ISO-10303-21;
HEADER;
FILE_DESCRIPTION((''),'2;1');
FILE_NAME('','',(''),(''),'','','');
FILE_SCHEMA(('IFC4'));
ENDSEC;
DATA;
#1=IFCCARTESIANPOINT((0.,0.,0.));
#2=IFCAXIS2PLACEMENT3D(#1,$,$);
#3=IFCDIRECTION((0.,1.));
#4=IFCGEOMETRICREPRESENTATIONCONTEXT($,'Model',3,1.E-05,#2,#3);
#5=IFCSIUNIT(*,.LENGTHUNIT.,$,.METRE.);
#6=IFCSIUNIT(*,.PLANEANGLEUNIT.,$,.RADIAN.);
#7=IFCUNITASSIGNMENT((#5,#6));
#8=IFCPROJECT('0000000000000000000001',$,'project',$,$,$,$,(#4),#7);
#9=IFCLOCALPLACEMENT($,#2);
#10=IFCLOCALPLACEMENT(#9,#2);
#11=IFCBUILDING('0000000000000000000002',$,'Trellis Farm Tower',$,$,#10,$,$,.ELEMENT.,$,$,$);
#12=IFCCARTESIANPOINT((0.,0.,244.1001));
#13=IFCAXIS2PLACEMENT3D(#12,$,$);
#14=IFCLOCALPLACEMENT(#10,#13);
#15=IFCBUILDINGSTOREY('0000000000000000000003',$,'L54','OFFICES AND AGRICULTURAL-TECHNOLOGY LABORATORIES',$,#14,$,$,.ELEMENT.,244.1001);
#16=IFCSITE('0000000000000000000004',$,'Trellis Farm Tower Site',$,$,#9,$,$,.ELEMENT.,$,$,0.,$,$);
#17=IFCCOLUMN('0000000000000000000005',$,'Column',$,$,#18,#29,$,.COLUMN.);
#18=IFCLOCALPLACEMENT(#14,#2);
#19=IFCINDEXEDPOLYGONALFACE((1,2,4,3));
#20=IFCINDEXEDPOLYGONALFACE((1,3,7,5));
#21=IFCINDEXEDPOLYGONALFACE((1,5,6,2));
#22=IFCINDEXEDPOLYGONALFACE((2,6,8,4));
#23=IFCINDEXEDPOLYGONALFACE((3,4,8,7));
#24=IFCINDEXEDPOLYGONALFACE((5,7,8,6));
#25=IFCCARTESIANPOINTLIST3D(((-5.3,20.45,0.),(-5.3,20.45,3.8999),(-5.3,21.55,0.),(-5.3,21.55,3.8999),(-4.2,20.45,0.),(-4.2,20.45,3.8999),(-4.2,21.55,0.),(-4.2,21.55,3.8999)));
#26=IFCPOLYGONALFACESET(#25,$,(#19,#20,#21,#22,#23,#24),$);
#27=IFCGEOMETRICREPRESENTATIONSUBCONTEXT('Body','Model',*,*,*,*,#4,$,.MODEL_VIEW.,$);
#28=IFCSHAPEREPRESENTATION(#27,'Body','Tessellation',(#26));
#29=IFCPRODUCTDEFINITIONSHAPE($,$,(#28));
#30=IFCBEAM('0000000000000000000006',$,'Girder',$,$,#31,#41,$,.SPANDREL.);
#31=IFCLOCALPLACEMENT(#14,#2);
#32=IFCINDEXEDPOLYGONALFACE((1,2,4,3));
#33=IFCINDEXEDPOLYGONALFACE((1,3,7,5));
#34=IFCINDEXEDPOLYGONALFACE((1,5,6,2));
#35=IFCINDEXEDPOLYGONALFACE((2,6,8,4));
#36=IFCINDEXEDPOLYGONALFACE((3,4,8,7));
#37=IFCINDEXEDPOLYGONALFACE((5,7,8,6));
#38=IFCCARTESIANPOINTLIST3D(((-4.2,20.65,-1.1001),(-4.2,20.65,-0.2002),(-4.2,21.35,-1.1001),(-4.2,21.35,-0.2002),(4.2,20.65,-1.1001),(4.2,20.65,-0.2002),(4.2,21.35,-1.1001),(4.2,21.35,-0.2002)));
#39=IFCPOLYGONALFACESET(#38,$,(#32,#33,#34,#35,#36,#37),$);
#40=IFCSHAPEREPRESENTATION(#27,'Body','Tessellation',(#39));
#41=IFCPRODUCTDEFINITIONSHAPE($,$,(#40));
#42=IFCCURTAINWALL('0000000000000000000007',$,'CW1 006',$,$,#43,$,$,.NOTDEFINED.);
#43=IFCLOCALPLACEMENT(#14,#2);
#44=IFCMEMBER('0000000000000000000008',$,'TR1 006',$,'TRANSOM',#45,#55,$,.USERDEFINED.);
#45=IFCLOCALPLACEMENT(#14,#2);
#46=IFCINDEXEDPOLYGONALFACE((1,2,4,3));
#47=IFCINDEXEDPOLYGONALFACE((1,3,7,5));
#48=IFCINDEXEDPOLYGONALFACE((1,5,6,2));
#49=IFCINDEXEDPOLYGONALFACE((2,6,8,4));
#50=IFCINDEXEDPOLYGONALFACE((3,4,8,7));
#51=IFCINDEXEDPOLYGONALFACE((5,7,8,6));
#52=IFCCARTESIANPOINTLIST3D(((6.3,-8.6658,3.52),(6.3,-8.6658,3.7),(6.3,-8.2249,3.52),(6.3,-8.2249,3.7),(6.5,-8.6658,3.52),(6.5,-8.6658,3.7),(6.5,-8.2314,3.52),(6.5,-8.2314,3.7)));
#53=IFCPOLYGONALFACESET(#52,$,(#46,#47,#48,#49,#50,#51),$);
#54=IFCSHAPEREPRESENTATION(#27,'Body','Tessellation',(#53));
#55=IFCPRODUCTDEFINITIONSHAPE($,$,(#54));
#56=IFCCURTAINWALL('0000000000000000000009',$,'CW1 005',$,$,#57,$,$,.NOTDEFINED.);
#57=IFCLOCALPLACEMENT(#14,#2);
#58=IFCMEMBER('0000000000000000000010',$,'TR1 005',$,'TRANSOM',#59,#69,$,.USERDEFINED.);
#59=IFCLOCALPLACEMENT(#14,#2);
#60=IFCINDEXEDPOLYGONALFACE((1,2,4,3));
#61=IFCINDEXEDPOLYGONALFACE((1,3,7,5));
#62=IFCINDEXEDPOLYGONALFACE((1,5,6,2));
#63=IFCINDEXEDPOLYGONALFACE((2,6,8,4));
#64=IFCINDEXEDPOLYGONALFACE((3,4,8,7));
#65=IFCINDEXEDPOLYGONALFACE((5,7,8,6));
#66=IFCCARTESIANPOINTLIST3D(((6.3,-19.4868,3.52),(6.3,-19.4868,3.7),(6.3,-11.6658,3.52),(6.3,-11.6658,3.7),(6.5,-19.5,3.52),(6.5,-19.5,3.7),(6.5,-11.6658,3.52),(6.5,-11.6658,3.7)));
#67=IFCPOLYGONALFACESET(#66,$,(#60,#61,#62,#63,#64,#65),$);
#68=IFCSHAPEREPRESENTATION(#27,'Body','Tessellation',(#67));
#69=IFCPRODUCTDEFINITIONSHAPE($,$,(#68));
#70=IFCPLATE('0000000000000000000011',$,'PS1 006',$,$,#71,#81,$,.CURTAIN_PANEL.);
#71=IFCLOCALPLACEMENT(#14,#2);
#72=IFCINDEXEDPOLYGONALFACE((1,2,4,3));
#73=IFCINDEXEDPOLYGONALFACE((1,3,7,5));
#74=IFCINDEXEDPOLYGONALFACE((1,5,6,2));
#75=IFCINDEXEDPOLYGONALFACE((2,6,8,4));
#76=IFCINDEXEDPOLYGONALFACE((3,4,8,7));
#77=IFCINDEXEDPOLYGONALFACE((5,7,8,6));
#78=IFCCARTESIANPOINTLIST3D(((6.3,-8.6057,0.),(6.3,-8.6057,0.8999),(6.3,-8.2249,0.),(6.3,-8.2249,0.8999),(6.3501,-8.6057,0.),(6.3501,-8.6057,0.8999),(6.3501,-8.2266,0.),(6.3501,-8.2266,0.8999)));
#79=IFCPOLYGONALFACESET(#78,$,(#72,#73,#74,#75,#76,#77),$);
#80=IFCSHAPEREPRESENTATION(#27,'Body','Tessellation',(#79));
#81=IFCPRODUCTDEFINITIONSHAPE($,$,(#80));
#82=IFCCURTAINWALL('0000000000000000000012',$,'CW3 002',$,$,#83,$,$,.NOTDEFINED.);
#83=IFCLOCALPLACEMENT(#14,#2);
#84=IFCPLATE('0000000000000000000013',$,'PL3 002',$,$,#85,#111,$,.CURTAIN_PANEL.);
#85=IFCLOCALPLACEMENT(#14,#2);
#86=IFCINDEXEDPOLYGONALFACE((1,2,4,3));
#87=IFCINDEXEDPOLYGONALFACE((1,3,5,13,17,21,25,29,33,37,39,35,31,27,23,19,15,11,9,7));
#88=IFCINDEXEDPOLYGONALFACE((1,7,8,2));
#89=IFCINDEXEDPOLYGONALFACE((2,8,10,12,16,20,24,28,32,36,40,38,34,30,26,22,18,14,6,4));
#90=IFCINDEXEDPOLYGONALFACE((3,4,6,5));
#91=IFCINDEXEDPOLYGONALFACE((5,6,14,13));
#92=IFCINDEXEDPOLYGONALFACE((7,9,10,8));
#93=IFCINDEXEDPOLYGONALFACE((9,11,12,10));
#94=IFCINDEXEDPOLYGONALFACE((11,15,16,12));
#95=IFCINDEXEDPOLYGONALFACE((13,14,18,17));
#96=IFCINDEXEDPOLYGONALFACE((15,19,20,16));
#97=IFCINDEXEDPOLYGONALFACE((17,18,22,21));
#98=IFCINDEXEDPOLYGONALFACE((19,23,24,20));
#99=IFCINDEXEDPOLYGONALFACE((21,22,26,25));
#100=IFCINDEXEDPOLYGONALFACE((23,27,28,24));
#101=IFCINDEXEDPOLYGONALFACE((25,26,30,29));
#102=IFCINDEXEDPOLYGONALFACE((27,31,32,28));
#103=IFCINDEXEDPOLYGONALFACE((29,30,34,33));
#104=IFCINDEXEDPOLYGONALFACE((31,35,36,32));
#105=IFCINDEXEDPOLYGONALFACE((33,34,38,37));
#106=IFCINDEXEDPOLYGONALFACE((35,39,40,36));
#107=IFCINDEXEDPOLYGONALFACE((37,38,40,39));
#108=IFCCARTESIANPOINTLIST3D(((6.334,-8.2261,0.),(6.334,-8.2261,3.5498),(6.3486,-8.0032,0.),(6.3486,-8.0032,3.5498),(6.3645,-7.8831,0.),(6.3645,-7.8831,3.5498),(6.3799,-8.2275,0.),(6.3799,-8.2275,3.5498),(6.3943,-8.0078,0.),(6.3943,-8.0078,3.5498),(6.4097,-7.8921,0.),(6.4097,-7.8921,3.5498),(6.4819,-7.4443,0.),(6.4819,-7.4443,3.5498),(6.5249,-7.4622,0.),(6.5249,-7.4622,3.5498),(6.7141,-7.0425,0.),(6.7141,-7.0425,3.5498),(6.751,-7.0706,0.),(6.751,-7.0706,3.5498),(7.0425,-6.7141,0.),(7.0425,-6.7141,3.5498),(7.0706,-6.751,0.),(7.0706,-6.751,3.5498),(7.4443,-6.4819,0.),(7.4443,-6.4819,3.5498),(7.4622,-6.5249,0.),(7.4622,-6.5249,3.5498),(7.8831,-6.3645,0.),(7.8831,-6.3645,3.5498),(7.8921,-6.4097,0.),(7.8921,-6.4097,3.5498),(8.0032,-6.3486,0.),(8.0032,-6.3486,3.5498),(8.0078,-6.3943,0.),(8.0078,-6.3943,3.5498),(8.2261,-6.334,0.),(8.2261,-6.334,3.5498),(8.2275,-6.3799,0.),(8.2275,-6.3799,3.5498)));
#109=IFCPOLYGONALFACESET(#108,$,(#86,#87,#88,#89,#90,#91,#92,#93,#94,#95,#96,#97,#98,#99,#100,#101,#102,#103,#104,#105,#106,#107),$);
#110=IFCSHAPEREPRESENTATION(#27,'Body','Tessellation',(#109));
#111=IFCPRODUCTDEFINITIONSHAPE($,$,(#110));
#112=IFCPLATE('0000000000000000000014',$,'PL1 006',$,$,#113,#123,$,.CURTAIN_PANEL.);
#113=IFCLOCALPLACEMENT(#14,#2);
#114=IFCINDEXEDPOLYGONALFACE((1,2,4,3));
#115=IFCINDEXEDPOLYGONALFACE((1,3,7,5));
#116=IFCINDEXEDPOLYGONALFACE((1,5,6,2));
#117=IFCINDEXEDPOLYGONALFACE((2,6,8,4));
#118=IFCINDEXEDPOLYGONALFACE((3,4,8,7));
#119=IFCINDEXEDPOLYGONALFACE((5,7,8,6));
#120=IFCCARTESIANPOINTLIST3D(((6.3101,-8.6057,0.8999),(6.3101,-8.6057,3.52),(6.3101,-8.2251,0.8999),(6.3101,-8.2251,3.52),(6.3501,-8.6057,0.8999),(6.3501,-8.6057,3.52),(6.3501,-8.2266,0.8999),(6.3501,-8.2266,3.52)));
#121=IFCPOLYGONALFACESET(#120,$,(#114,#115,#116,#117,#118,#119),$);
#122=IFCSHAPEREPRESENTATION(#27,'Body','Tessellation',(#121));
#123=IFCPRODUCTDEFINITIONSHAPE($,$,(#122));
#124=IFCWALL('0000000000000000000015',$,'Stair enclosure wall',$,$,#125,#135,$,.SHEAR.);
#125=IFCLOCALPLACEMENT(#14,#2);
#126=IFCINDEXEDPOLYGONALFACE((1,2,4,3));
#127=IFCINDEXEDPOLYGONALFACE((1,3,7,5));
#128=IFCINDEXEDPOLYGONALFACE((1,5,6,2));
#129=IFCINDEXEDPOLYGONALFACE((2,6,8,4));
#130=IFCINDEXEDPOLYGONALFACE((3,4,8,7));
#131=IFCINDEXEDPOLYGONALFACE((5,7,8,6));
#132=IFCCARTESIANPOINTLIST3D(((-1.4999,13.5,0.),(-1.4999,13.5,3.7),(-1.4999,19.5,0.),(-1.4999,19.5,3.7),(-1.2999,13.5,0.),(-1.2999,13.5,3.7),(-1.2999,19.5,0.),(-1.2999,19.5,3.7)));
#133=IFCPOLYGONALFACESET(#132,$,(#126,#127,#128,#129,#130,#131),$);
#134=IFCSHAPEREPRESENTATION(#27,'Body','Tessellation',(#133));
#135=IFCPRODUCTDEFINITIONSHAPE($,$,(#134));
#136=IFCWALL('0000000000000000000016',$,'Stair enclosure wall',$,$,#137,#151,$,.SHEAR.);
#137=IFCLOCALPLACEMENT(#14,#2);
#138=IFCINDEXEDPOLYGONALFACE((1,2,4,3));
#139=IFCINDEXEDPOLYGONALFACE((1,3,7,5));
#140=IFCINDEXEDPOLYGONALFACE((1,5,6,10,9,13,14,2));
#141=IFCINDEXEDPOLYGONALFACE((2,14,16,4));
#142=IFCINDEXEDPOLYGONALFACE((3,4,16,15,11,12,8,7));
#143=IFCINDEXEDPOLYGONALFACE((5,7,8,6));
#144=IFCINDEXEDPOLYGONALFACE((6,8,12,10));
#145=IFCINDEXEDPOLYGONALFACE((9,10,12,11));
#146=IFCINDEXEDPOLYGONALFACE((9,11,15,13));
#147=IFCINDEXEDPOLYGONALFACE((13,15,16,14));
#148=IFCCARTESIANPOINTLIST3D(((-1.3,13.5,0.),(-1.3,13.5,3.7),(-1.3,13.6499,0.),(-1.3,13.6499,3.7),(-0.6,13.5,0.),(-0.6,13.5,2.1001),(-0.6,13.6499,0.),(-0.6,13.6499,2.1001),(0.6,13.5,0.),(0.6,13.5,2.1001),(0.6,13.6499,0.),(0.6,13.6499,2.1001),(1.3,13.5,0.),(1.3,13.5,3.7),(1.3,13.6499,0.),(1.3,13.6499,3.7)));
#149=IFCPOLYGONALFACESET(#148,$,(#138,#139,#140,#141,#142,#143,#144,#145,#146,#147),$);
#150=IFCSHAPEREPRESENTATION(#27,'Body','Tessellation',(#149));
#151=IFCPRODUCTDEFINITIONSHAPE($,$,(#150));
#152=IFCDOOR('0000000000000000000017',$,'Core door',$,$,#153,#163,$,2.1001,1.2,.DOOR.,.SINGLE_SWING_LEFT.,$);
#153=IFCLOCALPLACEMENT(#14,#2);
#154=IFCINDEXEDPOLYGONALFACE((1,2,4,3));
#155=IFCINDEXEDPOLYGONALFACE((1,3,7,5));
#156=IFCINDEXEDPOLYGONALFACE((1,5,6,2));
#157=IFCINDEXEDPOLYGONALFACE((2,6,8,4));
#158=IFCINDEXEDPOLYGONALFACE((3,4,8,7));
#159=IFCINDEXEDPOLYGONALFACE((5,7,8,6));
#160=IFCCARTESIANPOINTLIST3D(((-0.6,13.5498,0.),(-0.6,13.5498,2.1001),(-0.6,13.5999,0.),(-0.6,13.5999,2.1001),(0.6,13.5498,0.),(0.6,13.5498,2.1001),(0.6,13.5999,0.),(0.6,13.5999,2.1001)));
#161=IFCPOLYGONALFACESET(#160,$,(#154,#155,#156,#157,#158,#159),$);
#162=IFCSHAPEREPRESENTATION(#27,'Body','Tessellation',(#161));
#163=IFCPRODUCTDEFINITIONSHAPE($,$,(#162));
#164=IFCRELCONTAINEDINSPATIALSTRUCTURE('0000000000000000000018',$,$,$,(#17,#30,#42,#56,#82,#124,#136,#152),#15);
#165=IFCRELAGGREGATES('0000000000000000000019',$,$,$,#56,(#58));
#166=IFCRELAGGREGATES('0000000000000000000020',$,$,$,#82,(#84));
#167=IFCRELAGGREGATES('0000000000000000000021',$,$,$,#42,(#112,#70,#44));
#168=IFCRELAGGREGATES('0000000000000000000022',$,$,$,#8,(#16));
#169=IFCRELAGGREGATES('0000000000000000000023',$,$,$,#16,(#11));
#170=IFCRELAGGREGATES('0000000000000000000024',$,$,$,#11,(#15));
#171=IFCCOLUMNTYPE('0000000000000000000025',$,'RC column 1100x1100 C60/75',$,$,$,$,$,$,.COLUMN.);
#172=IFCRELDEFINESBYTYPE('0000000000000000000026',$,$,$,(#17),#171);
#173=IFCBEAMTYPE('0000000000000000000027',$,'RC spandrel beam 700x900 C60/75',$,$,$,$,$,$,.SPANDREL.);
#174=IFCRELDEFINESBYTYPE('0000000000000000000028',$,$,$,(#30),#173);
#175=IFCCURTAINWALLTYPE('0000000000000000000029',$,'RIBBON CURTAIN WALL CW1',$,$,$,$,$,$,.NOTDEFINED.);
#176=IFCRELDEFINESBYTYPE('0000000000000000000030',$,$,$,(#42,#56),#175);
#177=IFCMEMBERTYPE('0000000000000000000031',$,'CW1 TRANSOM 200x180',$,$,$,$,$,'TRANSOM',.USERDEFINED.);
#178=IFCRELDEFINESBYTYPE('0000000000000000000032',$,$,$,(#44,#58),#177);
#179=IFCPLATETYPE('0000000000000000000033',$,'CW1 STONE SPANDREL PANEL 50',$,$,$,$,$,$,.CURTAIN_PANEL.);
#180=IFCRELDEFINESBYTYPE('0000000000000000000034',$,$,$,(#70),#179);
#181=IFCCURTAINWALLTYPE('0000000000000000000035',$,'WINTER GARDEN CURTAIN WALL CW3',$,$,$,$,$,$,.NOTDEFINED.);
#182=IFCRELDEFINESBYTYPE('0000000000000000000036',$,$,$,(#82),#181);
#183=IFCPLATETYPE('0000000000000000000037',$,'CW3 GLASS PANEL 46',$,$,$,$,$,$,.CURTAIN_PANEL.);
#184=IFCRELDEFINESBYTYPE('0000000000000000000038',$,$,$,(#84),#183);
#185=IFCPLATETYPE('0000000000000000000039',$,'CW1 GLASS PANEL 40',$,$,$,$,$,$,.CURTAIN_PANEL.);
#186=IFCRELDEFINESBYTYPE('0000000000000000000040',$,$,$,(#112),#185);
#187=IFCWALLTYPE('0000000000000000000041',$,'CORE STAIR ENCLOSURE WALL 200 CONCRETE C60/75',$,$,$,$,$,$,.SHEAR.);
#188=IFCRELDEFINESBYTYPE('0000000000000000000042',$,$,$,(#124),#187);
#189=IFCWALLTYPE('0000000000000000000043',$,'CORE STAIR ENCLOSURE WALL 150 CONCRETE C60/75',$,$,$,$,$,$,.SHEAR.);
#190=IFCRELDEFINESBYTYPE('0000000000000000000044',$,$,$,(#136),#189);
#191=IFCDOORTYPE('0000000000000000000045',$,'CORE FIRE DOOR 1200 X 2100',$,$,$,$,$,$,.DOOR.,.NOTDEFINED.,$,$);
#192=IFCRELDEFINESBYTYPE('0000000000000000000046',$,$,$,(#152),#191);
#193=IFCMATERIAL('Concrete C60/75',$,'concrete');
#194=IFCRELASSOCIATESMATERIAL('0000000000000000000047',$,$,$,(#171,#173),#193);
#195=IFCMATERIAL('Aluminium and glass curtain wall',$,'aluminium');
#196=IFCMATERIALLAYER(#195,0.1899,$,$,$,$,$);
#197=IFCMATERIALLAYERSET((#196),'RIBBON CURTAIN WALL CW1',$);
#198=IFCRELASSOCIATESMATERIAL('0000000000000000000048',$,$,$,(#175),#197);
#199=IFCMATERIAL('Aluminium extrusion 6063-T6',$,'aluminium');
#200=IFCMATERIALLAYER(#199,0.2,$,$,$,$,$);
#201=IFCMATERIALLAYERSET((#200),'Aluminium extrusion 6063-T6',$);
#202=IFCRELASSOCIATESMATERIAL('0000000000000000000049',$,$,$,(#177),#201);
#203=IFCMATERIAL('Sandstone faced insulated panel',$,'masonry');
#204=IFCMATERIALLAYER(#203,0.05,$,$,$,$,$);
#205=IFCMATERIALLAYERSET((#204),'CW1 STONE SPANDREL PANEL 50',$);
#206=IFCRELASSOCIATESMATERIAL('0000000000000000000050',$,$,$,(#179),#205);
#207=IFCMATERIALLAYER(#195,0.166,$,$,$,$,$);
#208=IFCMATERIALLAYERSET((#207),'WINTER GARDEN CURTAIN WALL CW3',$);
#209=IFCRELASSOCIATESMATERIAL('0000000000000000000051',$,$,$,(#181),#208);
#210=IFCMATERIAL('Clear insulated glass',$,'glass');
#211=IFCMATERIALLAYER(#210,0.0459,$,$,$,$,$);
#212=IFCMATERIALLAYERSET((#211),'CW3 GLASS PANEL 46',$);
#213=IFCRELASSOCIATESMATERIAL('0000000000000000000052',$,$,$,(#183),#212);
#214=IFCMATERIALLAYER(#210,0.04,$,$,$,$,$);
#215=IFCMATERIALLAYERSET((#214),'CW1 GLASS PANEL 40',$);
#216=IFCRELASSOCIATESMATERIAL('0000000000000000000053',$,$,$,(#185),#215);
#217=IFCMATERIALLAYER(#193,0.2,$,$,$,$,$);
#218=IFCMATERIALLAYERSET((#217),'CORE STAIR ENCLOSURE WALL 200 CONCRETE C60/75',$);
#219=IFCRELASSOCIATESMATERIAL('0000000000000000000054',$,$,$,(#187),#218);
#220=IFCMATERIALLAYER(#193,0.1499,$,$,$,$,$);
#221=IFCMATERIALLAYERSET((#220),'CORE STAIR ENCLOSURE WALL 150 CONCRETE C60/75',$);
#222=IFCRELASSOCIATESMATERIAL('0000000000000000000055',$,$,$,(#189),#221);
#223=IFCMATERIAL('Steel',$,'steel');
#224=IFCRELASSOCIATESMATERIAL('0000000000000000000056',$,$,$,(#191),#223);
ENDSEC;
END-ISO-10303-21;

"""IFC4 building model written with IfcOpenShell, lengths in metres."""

from ifc_helpers import new_model, si_unit, direction, frame, frame_2d, origin, origin_2d, place, context, subcontext, project, spatial, polyline, rectangle, outline, extrude, source, transform, mapped, material, layer, layer_set, material_profile, profile_set, type_object, element, fill, aggregate, save


model = new_model("IFC4")

# Units and contexts
model_context = context("Model", 3, precision=1e-05, world=origin(), true_north=direction((0.0, 1.0)))
body_context = subcontext(model_context, "Body", "Model", "MODEL_VIEW")
ifc_project = project(units=[si_unit("LENGTHUNIT", "METRE"), si_unit("PLANEANGLEUNIT", "RADIAN")], contexts=[model_context])

# Site, building, storey
site_placement = place(None, origin())
site = spatial("IfcSite", under=ifc_project, at=site_placement, Name="Trellis Farm Tower Site", CompositionType="ELEMENT", RefElevation=0.0)
building_placement = place(site_placement, origin())
building = spatial("IfcBuilding", under=site, at=building_placement, Name="Trellis Farm Tower", CompositionType="ELEMENT")
storey_placement = place(building_placement, frame((0.0, 0.0, 244.1001)))
storey = spatial("IfcBuildingStorey", under=building, at=storey_placement, Name="L54", Description="OFFICES AND AGRICULTURAL-TECHNOLOGY LABORATORIES", CompositionType="ELEMENT", Elevation=244.1001)

# Column
ifc_material_1 = material(Name="Concrete C60/75", Category="concrete")
ifc_material_profile_1 = material_profile(ifc_material_1, rectangle(XDim=1.1001, YDim=1.1001, at=origin_2d()), Name="RC column 1100x1100 C60/75")
ifc_profile_set_1 = profile_set([ifc_material_profile_1], Name="Concrete C60/75")
column_type = type_object("IfcColumnType", Name="RC column 1100x1100 C60/75", PredefinedType="COLUMN", material=ifc_profile_set_1)
shared_shape_1 = source(origin(), body_context, "Body", "SweptSolid", [
    extrude(rectangle(XDim=1.1001, YDim=1.1001, at=origin_2d()), origin(), (0.0, 0.0, 1.0), 3.8999),
])
column_placement = place(storey_placement, frame((-4.75, 21.0, 0.0), z_axis=(0.0, 0.0, 1.0), x_axis=(1.0, 0.0, 0.0)))
element("IfcColumn", 1, at=column_placement, inside=storey, type_object=column_type, Name="Column", PredefinedType="COLUMN", context=body_context, shape_type="MappedRepresentation", body=[
    mapped(shared_shape_1, transform((0.0, 0.0, 0.0))),
])

# Beam
ifc_material_profile_2 = material_profile(ifc_material_1, rectangle(XDim=0.7, YDim=0.8999, at=origin_2d()), Name="RC spandrel beam 700x900 C60/75")
ifc_profile_set_2 = profile_set([ifc_material_profile_2], Name="Concrete C60/75")
beam_type = type_object("IfcBeamType", Name="RC spandrel beam 700x900 C60/75", PredefinedType="SPANDREL", material=ifc_profile_set_2)
shared_shape_2 = source(origin(), body_context, "Body", "SweptSolid", [
    extrude(rectangle(XDim=0.7, YDim=0.8999, at=origin_2d()), origin(), (0.0, 0.0, 1.0), 8.3999),
])
beam_placement = place(storey_placement, frame((-4.2, 21.0, -0.6501), z_axis=(1.0, 0.0, 0.0), x_axis=(0.0, 1.0, 0.0)))
element("IfcBeam", 2, at=beam_placement, inside=storey, type_object=beam_type, Name="Girder", PredefinedType="SPANDREL", context=body_context, shape_type="MappedRepresentation", body=[
    mapped(shared_shape_2, transform((0.0, 0.0, 0.0))),
])

# Curtain walls, members
ifc_material_2 = material(Name="Aluminium and glass curtain wall", Category="aluminium")
ifc_layer_1 = layer(ifc_material_2, 0.1899)
ifc_layer_set_1 = layer_set([ifc_layer_1], Name="RIBBON CURTAIN WALL CW1")
curtain_wall_type_1 = type_object("IfcCurtainWallType", Name="RIBBON CURTAIN WALL CW1", PredefinedType="NOTDEFINED", material=ifc_layer_set_1)
placement_1 = place(storey_placement, origin())
curtain_wall_1 = element("IfcCurtainWall", 3, at=placement_1, inside=storey, type_object=curtain_wall_type_1, Name="CW1 006", PredefinedType="NOTDEFINED")
ifc_material_3 = material(Name="Aluminium extrusion 6063-T6", Category="aluminium")
ifc_layer_2 = layer(ifc_material_3, 0.2)
ifc_layer_set_2 = layer_set([ifc_layer_2], Name="Aluminium extrusion 6063-T6")
member_type = type_object("IfcMemberType", Name="CW1 TRANSOM 200x180", ElementType="TRANSOM", PredefinedType="USERDEFINED", material=ifc_layer_set_2)
shared_shape_3 = source(origin(), body_context, "Body", "SweptSolid", [
    extrude(outline(polyline([(6.5, -8.6658), (6.5, -8.2314), (6.3, -8.2249), (6.3, -8.6658), (6.5, -8.6658)])), origin(), (0.0, 0.0, 1.0), 0.1799),
])
placement_2 = place(storey_placement, frame((0.0, 0.0, 3.52)))
member_1 = element("IfcMember", 4, at=placement_2, type_object=member_type, Name="TR1 006", ObjectType="TRANSOM", PredefinedType="USERDEFINED", context=body_context, shape_type="MappedRepresentation", body=[
    mapped(shared_shape_3, transform((0.0, 0.0, 0.0))),
])
curtain_wall_2 = element("IfcCurtainWall", 5, at=placement_1, inside=storey, type_object=curtain_wall_type_1, Name="CW1 005", PredefinedType="NOTDEFINED")
shared_shape_4 = source(origin(), body_context, "Body", "SweptSolid", [
    extrude(outline(polyline([(6.5, -19.5), (6.5, -11.6658), (6.3, -11.6658), (6.3, -19.4868), (6.5, -19.5)])), origin(), (0.0, 0.0, 1.0), 0.1799),
])
member_2 = element("IfcMember", 6, at=placement_2, type_object=member_type, Name="TR1 005", ObjectType="TRANSOM", PredefinedType="USERDEFINED", context=body_context, shape_type="MappedRepresentation", body=[
    mapped(shared_shape_4, transform((0.0, 0.0, 0.0))),
])
aggregate(curtain_wall_2, [member_2])

# Plate
ifc_material_4 = material(Name="Sandstone faced insulated panel", Category="masonry")
ifc_layer_3 = layer(ifc_material_4, 0.05)
ifc_layer_set_3 = layer_set([ifc_layer_3], Name="CW1 STONE SPANDREL PANEL 50")
plate_type_1 = type_object("IfcPlateType", Name="CW1 STONE SPANDREL PANEL 50", PredefinedType="CURTAIN_PANEL", material=ifc_layer_set_3)
shared_shape_5 = source(origin(), body_context, "Body", "SweptSolid", [
    extrude(outline(polyline([(6.3501, -8.6057), (6.3501, -8.2266), (6.3, -8.2249), (6.3, -8.6057), (6.3501, -8.6057)])), origin(), (0.0, 0.0, 1.0), 0.8999),
])
plate_1 = element("IfcPlate", 7, at=placement_1, type_object=plate_type_1, Name="PS1 006", PredefinedType="CURTAIN_PANEL", context=body_context, shape_type="MappedRepresentation", body=[
    mapped(shared_shape_5, transform((0.0, 0.0, 0.0))),
])

# Curtain wall, plate
ifc_layer_4 = layer(ifc_material_2, 0.166)
ifc_layer_set_4 = layer_set([ifc_layer_4], Name="WINTER GARDEN CURTAIN WALL CW3")
curtain_wall_type_2 = type_object("IfcCurtainWallType", Name="WINTER GARDEN CURTAIN WALL CW3", PredefinedType="NOTDEFINED", material=ifc_layer_set_4)
curtain_wall_3 = element("IfcCurtainWall", 8, at=placement_1, inside=storey, type_object=curtain_wall_type_2, Name="CW3 002", PredefinedType="NOTDEFINED")
ifc_material_5 = material(Name="Clear insulated glass", Category="glass")
ifc_layer_5 = layer(ifc_material_5, 0.0459)
ifc_layer_set_5 = layer_set([ifc_layer_5], Name="CW3 GLASS PANEL 46")
plate_type_2 = type_object("IfcPlateType", Name="CW3 GLASS PANEL 46", PredefinedType="CURTAIN_PANEL", material=ifc_layer_set_5)
shared_shape_6 = source(origin(), body_context, "Body", "SweptSolid", [
    extrude(outline(polyline([(6.3799, -8.2275), (6.3943, -8.0078), (6.4097, -7.8921), (6.5249, -7.4622), (6.751, -7.0706), (7.0706, -6.751), (7.4622, -6.5249), (7.8921, -6.4097), (8.0078, -6.3943), (8.2275, -6.3799), (8.2261, -6.334), (8.0032, -6.3486), (7.8831, -6.3645), (7.4443, -6.4819), (7.0425, -6.7141), (6.7141, -7.0425), (6.4819, -7.4443), (6.3645, -7.8831), (6.3486, -8.0032), (6.334, -8.2261), (6.3799, -8.2275)])), origin(), (0.0, 0.0, 1.0), 3.5498),
])
plate_2 = element("IfcPlate", 9, at=placement_1, type_object=plate_type_2, Name="PL3 002", PredefinedType="CURTAIN_PANEL", context=body_context, shape_type="MappedRepresentation", body=[
    mapped(shared_shape_6, transform((0.0, 0.0, 0.0))),
])
aggregate(curtain_wall_3, [plate_2])

# Plate
ifc_layer_6 = layer(ifc_material_5, 0.04)
ifc_layer_set_6 = layer_set([ifc_layer_6], Name="CW1 GLASS PANEL 40")
plate_type_3 = type_object("IfcPlateType", Name="CW1 GLASS PANEL 40", PredefinedType="CURTAIN_PANEL", material=ifc_layer_set_6)
shared_shape_7 = source(origin(), body_context, "Body", "SweptSolid", [
    extrude(outline(polyline([(6.3501, -8.6057), (6.3501, -8.2266), (6.3101, -8.2251), (6.3101, -8.6057), (6.3501, -8.6057)])), origin(), (0.0, 0.0, 1.0), 2.6201),
])
plate_3_placement = place(storey_placement, frame((0.0, 0.0, 0.8999)))
plate_3 = element("IfcPlate", 10, at=plate_3_placement, type_object=plate_type_3, Name="PL1 006", PredefinedType="CURTAIN_PANEL", context=body_context, shape_type="MappedRepresentation", body=[
    mapped(shared_shape_7, transform((0.0, 0.0, 0.0))),
])
aggregate(curtain_wall_1, [plate_3, plate_1, member_1])

# Wall
ifc_layer_7 = layer(ifc_material_1, 0.2)
ifc_layer_set_7 = layer_set([ifc_layer_7], Name="CORE STAIR ENCLOSURE WALL 200 CONCRETE C60/75")
wall_type_1 = type_object("IfcWallType", Name="CORE STAIR ENCLOSURE WALL 200 CONCRETE C60/75", PredefinedType="SHEAR", material=ifc_layer_set_7)
shared_shape_8 = source(origin(), body_context, "Body", "SweptSolid", [
    extrude(rectangle(XDim=6.0, YDim=0.2, at=frame_2d((3.0, 0.0))), origin(), (0.0, 0.0, 1.0), 3.7),
])
wall_1_placement = place(storey_placement, frame((-1.3999, 13.5, 0.0), z_axis=(0.0, 0.0, 1.0), x_axis=(0.0, 1.0, 0.0)))
element("IfcWall", 11, at=wall_1_placement, inside=storey, type_object=wall_type_1, Name="Stair enclosure wall", PredefinedType="SHEAR", context=body_context, shape_type="MappedRepresentation", body=[
    mapped(shared_shape_8, transform((0.0, 0.0, 0.0))),
])

# Wall, opening, door
ifc_layer_8 = layer(ifc_material_1, 0.1499)
ifc_layer_set_8 = layer_set([ifc_layer_8], Name="CORE STAIR ENCLOSURE WALL 150 CONCRETE C60/75")
wall_type_2 = type_object("IfcWallType", Name="CORE STAIR ENCLOSURE WALL 150 CONCRETE C60/75", PredefinedType="SHEAR", material=ifc_layer_set_8)
shared_shape_9 = source(origin(), body_context, "Body", "SweptSolid", [
    extrude(rectangle(XDim=2.6001, YDim=0.1499, at=frame_2d((1.3, 0.0))), origin(), (0.0, 0.0, 1.0), 3.7),
])
wall_2_placement = place(storey_placement, frame((-1.3, 13.575, 0.0), z_axis=(0.0, 0.0, 1.0), x_axis=(1.0, 0.0, 0.0)))
wall_2 = element("IfcWall", 12, at=wall_2_placement, inside=storey, type_object=wall_type_2, Name="Stair enclosure wall", PredefinedType="SHEAR", context=body_context, shape_type="MappedRepresentation", body=[
    mapped(shared_shape_9, transform((0.0, 0.0, 0.0))),
])
shared_shape_10 = source(origin(), body_context, "Body", "SweptSolid", [
    extrude(rectangle(XDim=1.2, YDim=2.1001, at=frame_2d((0.6001, 1.05))), frame((0.0, 0.085, 0.0), z_axis=(0.0, -1.0, 0.0), x_axis=(1.0, 0.0, 0.0)), (0.0, 0.0, 1.0), 0.1699),
])
opening_1_placement = place(wall_2_placement, frame((0.7, 0.0, 0.0)))
opening_1 = element("IfcOpeningElement", 13, at=opening_1_placement, cuts=wall_2, PredefinedType="OPENING", context=body_context, shape_type="MappedRepresentation", body=[
    mapped(shared_shape_10, transform((0.0, 0.0, 0.0))),
])
ifc_material_6 = material(Name="Steel", Category="steel")
door_type_1 = type_object("IfcDoorType", Name="CORE FIRE DOOR 1200 X 2100", OperationType="NOTDEFINED", PredefinedType="DOOR", material=ifc_material_6)
shared_shape_11 = source(origin(), body_context, "Body", "SweptSolid", [
    extrude(rectangle(XDim=1.2, YDim=2.1001, at=frame_2d((0.6001, 1.05))), frame((0.0, 0.0249, 0.0), z_axis=(0.0, -1.0, 0.0), x_axis=(1.0, 0.0, 0.0)), (0.0, 0.0, 1.0), 0.05),
])
door_1_placement = place(opening_1_placement, origin())
door_1 = element("IfcDoor", 14, at=door_1_placement, inside=storey, type_object=door_type_1, Name="Core door", OperationType="SINGLE_SWING_LEFT", OverallHeight=2.1001, OverallWidth=1.2, PredefinedType="DOOR", context=body_context, shape_type="MappedRepresentation", body=[
    mapped(shared_shape_11, transform((0.0, 0.0, 0.0))),
])
fill(opening_1, door_1)

save(model, "model.ifc")
